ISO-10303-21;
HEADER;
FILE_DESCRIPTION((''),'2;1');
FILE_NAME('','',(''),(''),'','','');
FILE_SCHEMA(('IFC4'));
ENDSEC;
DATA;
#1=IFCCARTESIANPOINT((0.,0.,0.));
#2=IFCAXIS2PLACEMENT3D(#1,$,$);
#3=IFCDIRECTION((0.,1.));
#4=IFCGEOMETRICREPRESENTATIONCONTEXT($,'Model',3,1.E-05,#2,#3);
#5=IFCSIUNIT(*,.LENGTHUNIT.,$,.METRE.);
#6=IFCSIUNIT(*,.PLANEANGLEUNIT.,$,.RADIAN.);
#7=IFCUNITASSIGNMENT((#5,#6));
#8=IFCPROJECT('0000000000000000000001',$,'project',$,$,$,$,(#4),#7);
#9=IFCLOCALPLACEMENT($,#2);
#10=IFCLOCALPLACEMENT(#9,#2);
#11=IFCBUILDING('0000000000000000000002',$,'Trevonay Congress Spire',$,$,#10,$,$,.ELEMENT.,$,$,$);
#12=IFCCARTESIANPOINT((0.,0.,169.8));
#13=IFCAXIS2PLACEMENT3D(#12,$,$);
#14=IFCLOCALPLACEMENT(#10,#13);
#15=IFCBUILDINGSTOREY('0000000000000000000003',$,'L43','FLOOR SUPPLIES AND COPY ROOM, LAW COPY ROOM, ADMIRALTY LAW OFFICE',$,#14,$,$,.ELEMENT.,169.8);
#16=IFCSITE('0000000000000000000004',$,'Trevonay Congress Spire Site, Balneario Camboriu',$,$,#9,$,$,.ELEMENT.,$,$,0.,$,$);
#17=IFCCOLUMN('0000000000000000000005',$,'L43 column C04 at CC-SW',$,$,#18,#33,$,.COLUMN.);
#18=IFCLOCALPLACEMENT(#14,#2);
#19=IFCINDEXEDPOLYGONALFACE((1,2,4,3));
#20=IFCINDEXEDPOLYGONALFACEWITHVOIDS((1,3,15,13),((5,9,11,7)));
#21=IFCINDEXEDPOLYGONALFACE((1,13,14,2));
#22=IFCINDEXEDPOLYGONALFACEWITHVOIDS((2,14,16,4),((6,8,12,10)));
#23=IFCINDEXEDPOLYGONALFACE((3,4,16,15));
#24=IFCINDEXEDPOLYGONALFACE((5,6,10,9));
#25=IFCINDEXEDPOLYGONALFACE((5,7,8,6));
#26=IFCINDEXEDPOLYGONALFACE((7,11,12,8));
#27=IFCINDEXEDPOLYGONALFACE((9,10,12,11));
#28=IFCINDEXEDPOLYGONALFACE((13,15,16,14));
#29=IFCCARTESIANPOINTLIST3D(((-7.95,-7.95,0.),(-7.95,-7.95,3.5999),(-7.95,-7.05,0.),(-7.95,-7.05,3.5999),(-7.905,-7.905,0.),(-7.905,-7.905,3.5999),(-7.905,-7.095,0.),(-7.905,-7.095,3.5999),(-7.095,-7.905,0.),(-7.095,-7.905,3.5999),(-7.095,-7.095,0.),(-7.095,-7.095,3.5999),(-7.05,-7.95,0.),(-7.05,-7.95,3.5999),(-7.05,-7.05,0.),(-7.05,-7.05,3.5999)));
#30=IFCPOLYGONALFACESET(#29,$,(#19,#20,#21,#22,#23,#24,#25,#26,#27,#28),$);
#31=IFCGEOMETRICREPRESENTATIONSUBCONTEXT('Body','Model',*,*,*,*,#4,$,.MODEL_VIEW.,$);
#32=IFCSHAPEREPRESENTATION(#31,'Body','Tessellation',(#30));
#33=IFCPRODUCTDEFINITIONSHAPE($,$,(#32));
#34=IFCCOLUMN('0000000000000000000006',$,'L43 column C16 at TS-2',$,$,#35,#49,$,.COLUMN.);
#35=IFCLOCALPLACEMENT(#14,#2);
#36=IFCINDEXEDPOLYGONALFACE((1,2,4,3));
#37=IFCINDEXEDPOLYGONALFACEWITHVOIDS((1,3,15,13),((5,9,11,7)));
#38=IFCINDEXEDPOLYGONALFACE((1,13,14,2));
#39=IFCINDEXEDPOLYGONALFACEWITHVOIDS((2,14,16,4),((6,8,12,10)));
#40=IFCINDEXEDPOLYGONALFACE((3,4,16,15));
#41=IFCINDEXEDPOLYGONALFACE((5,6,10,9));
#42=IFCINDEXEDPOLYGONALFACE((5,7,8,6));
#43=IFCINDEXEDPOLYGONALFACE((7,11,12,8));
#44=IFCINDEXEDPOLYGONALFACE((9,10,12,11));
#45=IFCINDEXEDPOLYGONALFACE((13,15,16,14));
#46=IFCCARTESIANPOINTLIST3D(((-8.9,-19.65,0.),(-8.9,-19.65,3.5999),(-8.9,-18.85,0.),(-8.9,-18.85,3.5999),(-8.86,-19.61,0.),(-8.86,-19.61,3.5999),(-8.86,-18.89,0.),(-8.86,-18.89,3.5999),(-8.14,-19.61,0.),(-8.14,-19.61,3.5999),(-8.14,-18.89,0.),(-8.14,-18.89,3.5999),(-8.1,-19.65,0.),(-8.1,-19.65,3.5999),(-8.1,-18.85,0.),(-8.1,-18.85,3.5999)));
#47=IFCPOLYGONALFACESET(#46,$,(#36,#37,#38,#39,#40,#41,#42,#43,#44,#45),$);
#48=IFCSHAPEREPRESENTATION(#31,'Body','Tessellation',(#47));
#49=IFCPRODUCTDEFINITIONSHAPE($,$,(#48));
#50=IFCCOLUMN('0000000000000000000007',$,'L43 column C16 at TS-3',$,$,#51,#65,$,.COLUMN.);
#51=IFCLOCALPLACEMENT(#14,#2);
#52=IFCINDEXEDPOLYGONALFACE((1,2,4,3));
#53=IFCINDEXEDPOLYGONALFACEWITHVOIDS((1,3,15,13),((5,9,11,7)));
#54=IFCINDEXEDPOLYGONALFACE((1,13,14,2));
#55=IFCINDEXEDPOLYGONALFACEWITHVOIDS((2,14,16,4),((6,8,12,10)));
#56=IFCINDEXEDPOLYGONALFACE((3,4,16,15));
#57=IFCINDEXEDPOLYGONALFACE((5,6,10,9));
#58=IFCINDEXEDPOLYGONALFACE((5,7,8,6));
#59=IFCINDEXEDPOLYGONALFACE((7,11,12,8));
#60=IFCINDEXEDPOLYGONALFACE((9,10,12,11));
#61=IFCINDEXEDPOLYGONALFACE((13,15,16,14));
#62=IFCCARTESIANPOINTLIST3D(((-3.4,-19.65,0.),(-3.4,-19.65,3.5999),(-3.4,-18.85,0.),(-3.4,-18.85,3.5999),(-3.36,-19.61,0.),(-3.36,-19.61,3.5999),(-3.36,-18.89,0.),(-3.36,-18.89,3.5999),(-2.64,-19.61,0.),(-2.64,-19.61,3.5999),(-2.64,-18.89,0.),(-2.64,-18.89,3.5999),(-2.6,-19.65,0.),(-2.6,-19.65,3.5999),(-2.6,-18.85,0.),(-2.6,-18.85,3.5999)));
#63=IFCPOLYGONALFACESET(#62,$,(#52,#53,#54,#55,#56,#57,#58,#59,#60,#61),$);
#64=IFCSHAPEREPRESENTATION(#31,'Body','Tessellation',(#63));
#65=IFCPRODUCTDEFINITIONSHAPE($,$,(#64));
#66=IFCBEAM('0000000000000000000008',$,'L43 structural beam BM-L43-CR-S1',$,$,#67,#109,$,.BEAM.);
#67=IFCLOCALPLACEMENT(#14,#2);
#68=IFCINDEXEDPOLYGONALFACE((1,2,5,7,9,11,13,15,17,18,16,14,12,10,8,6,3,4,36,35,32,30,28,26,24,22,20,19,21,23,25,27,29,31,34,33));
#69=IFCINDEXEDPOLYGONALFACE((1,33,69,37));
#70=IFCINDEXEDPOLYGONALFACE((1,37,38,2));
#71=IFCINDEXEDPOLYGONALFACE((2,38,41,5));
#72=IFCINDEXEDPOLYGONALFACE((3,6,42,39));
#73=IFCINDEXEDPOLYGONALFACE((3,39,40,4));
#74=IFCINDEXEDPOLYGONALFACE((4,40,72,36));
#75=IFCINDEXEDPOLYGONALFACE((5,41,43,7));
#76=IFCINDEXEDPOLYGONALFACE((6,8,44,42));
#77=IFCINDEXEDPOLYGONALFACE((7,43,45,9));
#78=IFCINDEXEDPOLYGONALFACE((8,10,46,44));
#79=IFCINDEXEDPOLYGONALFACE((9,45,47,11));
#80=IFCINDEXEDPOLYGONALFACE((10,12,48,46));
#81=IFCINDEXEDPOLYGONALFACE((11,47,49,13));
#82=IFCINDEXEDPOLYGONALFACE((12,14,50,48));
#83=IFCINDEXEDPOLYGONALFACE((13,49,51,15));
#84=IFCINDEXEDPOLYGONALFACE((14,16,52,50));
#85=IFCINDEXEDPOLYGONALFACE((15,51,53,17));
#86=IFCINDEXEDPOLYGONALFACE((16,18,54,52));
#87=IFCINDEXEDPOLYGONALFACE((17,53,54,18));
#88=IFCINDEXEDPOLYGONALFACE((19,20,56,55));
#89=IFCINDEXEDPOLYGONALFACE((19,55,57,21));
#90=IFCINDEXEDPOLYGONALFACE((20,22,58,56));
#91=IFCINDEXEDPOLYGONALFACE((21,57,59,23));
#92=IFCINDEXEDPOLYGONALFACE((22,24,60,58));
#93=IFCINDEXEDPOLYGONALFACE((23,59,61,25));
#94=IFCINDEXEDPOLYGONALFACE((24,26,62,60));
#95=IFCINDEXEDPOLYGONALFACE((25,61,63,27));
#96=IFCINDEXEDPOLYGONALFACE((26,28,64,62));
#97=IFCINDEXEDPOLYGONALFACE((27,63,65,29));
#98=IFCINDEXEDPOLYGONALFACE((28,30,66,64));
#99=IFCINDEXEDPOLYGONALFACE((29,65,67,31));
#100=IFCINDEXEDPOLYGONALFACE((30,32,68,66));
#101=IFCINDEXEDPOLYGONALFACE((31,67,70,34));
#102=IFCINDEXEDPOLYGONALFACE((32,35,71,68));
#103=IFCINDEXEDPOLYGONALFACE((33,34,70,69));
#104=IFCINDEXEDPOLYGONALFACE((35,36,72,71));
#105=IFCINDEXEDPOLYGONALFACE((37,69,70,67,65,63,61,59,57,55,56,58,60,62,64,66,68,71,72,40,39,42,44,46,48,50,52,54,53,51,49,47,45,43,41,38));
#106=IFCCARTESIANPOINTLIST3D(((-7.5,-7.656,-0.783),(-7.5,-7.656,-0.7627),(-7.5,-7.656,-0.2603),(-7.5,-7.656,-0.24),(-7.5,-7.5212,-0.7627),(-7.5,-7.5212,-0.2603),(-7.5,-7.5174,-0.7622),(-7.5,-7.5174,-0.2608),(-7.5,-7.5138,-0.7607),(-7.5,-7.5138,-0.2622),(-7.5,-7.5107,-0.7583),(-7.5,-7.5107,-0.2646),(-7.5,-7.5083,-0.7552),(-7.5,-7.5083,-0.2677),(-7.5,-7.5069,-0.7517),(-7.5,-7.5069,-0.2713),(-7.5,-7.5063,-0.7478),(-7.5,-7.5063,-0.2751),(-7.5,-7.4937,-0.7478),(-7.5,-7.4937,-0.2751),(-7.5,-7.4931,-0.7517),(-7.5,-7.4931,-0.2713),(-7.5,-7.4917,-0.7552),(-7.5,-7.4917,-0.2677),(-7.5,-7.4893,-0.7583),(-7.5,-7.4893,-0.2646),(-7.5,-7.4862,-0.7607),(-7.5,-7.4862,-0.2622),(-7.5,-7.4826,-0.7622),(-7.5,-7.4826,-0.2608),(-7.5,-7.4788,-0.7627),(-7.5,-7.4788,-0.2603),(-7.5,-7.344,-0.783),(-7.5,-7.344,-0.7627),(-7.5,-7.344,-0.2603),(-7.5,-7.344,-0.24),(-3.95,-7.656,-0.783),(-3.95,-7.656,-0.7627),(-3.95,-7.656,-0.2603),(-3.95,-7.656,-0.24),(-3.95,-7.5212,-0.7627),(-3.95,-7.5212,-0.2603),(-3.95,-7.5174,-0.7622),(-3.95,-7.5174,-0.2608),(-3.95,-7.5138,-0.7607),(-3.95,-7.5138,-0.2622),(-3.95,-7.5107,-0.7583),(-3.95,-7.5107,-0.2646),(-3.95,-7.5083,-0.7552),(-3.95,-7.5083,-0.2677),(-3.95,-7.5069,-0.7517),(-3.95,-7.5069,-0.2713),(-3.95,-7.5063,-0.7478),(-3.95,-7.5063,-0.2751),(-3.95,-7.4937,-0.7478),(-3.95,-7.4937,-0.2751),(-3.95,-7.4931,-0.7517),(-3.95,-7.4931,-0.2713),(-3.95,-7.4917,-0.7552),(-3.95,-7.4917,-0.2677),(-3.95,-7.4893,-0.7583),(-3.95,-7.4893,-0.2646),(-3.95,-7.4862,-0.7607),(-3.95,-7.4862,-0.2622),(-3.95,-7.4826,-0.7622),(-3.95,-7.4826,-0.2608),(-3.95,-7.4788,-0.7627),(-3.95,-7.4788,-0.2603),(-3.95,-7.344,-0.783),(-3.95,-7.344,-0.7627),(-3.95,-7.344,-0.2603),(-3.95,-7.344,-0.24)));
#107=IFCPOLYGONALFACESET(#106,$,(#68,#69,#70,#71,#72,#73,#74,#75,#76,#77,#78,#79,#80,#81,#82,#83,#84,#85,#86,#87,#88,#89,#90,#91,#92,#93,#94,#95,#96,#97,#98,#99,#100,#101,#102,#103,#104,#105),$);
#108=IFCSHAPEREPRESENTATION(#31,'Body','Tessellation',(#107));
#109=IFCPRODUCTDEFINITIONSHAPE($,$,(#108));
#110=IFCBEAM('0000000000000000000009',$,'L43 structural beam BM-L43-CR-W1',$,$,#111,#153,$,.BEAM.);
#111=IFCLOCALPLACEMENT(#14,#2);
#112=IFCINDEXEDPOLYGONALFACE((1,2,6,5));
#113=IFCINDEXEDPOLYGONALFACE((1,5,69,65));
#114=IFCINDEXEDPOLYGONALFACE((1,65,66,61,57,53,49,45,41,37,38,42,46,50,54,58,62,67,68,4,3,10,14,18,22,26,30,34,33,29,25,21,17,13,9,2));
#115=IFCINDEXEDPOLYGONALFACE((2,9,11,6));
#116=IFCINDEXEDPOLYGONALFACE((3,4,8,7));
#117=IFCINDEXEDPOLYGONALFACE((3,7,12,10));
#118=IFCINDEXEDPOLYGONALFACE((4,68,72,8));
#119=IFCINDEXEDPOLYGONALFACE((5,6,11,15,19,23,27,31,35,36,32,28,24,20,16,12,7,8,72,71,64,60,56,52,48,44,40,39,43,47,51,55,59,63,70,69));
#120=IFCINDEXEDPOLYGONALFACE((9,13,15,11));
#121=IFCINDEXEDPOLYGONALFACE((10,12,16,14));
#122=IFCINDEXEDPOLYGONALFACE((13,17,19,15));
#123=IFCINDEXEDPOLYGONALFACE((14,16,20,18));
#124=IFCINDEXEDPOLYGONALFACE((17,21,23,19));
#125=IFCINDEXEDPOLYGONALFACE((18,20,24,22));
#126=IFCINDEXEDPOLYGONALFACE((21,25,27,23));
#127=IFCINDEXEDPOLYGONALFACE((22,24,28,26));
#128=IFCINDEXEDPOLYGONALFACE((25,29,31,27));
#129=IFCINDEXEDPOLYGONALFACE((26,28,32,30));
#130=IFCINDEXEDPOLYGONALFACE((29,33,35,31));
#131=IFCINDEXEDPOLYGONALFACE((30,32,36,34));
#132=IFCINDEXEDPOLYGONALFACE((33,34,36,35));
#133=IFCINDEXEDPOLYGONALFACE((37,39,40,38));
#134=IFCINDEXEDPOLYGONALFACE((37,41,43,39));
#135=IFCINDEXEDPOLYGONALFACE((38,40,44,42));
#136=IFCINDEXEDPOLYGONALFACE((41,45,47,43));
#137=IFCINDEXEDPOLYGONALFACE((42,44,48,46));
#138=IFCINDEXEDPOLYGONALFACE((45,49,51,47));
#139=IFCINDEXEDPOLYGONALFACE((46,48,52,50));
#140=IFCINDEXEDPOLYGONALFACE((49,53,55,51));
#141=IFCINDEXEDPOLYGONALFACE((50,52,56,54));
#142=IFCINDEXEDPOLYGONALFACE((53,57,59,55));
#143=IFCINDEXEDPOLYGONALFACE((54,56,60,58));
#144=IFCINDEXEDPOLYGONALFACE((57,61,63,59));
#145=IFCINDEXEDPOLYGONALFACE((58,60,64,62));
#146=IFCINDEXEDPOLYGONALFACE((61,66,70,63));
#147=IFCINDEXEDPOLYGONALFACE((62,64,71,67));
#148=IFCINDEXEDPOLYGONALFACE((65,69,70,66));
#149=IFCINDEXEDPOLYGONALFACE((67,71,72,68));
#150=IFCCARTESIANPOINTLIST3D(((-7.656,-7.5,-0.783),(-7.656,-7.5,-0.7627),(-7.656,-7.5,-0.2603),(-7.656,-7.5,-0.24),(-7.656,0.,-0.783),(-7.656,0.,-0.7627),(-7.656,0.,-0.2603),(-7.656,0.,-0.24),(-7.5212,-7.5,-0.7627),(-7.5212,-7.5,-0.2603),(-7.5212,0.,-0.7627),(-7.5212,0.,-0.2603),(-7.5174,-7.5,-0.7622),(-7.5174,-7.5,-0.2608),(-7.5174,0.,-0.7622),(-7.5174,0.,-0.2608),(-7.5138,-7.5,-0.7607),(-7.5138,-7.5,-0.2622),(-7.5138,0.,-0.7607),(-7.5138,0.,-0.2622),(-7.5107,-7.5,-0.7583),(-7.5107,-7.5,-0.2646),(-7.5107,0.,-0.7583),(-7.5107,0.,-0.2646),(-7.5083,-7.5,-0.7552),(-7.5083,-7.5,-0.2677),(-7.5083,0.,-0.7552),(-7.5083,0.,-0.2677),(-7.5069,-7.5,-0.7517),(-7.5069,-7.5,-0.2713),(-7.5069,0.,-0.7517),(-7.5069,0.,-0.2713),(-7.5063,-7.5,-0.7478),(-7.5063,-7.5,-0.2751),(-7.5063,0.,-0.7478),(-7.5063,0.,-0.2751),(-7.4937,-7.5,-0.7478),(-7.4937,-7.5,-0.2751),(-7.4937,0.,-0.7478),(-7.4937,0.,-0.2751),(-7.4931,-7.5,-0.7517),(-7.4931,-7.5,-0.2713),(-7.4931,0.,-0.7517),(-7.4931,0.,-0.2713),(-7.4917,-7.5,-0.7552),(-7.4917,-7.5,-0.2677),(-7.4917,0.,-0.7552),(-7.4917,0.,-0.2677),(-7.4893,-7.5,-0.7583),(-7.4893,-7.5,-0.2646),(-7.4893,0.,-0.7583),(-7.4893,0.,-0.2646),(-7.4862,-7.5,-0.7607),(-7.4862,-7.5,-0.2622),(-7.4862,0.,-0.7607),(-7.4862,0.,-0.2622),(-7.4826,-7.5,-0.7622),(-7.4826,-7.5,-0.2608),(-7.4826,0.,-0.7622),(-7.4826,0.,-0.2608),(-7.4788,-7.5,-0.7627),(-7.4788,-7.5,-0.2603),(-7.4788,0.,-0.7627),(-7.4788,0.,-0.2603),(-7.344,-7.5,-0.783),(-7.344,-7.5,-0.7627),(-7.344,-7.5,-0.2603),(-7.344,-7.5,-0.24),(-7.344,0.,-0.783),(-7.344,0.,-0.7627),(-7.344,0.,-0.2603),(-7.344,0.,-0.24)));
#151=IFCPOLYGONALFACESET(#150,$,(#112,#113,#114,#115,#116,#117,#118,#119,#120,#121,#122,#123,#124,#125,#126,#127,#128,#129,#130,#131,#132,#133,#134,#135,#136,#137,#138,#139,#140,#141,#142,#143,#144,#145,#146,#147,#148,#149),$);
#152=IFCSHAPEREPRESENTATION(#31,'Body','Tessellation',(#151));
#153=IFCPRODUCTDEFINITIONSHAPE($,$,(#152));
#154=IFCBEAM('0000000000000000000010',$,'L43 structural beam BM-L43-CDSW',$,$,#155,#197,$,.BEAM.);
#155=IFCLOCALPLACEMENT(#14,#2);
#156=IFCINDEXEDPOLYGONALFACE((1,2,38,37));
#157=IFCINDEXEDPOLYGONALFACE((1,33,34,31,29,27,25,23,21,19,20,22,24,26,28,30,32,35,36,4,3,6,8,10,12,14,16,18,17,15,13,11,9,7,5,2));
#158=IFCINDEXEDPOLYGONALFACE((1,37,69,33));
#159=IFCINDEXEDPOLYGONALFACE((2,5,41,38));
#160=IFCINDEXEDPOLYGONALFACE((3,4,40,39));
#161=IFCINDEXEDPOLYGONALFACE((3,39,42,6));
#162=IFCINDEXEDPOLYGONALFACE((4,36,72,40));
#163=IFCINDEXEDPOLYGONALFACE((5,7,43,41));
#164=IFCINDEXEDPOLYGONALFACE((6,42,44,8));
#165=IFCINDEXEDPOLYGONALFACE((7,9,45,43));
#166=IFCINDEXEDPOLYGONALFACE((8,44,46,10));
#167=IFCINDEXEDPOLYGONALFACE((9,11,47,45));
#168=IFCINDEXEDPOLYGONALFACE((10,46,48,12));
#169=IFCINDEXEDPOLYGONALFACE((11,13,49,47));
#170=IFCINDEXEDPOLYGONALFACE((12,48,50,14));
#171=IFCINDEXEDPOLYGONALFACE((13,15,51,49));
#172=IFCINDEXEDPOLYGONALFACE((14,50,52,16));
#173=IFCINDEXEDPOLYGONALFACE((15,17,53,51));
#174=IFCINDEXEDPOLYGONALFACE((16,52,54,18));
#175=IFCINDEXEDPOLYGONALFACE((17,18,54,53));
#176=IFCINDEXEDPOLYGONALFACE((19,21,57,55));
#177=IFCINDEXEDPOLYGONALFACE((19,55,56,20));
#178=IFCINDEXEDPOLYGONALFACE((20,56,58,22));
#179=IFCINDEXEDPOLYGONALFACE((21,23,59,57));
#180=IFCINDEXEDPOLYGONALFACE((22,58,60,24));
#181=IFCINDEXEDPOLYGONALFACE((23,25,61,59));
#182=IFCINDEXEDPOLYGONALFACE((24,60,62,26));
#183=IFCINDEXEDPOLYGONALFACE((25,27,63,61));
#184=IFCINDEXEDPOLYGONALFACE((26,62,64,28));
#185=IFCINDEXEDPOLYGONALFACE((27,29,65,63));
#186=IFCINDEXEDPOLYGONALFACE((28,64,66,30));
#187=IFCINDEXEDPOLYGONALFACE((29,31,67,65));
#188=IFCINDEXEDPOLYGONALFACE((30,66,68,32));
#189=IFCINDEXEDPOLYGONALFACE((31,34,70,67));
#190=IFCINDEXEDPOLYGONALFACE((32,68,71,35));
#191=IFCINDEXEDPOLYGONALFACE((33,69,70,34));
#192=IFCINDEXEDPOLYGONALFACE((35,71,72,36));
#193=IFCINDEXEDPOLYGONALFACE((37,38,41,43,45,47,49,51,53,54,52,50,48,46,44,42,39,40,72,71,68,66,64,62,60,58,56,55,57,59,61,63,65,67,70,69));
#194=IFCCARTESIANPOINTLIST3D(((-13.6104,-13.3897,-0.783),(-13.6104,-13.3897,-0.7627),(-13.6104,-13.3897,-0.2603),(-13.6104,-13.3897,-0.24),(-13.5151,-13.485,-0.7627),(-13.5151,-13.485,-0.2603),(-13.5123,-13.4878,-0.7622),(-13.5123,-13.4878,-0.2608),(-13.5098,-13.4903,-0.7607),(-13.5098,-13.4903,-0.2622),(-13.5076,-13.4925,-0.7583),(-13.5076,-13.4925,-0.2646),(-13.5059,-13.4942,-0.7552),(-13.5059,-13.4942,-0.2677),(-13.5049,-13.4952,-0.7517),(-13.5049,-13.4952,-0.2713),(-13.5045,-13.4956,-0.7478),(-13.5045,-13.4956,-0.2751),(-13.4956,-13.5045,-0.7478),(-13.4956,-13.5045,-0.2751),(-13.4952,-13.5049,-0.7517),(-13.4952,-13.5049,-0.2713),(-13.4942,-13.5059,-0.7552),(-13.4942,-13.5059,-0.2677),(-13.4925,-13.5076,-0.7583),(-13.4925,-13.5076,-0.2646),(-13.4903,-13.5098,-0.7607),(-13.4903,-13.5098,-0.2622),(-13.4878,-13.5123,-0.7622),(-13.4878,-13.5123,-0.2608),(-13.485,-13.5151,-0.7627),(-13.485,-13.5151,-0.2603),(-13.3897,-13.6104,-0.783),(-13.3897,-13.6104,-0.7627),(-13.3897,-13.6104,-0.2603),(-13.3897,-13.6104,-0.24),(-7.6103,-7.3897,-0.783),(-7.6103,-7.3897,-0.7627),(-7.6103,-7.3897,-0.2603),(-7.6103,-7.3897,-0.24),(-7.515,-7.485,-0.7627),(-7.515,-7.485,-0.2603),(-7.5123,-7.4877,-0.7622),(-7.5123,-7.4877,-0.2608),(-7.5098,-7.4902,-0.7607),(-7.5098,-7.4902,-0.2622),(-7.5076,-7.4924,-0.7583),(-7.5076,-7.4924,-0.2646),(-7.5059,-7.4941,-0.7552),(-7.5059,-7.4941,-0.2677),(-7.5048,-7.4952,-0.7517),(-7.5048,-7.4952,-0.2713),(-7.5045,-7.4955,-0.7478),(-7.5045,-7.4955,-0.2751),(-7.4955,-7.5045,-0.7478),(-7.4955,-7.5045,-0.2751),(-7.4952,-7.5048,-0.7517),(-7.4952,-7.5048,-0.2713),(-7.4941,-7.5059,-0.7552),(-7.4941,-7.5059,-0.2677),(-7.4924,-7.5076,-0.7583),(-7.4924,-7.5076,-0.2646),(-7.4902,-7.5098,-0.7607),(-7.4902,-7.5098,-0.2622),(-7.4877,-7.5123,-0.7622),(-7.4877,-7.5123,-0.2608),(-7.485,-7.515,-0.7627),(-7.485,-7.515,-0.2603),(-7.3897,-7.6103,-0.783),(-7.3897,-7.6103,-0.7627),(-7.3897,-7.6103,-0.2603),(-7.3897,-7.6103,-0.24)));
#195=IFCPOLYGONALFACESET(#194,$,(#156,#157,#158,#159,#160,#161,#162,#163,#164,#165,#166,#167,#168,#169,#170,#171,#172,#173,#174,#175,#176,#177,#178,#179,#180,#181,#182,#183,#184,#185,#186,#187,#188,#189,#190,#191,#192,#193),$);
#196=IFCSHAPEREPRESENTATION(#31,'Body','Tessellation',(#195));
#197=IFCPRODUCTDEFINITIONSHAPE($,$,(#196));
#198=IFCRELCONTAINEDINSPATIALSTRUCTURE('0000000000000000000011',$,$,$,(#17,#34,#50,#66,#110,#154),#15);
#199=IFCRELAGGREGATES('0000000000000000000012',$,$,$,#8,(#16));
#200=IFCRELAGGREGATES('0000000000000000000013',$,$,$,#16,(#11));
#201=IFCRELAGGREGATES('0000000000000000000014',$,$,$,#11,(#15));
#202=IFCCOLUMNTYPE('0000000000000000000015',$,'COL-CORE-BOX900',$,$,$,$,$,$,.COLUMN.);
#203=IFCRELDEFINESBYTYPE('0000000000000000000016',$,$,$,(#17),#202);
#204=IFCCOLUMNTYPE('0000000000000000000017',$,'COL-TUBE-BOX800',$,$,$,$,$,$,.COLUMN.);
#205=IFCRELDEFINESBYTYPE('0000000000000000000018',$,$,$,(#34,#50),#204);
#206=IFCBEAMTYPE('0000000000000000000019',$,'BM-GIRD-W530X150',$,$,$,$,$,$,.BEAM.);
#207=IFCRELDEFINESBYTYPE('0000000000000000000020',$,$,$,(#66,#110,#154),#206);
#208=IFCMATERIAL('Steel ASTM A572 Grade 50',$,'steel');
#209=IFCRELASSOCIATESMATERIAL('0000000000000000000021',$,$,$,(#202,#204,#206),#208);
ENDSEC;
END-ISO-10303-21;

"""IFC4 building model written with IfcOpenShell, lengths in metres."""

from ifc_helpers import new_model, si_unit, direction, frame, origin, origin_2d, place, context, subcontext, project, spatial, hollow_rectangle, i_section, extrude, material, material_profile, profile_set, type_object, element, save


model = new_model("IFC4")

# Units and contexts
model_context = context("Model", 3, precision=1e-05, world=origin(), true_north=direction((0.0, 1.0)))
body_context = subcontext(model_context, "Body", "Model", "MODEL_VIEW")
ifc_project = project(units=[si_unit("LENGTHUNIT", "METRE"), si_unit("PLANEANGLEUNIT", "RADIAN")], contexts=[model_context])

# Site, building, storey
site_placement = place(None, origin())
site = spatial("IfcSite", under=ifc_project, at=site_placement, Name="Trevonay Congress Spire Site, Balneario Camboriu", CompositionType="ELEMENT", RefElevation=0.0)
building_placement = place(site_placement, origin())
building = spatial("IfcBuilding", under=site, at=building_placement, Name="Trevonay Congress Spire", CompositionType="ELEMENT")
storey_placement = place(building_placement, frame((0.0, 0.0, 169.8)))
storey = spatial("IfcBuildingStorey", under=building, at=storey_placement, Name="L43", Description="FLOOR SUPPLIES AND COPY ROOM, LAW COPY ROOM, ADMIRALTY LAW OFFICE", CompositionType="ELEMENT", Elevation=169.8)

# Columns
ifc_material_1 = material(Name="Steel ASTM A572 Grade 50", Category="steel")
ifc_material_profile_1 = material_profile(ifc_material_1, hollow_rectangle(XDim=0.8999, YDim=0.8999, WallThickness=0.0449, at=origin_2d()), Name="BOX 900x900x45")
ifc_profile_set_1 = profile_set([ifc_material_profile_1], Name="Steel ASTM A572 Grade 50")
column_type_1 = type_object("IfcColumnType", Name="COL-CORE-BOX900", PredefinedType="COLUMN", material=ifc_profile_set_1)
column_placement = place(storey_placement, frame((-7.5, -7.5, 0.0), z_axis=(0.0, 0.0, 1.0), x_axis=(1.0, 0.0, 0.0)))
element("IfcColumn", 1, at=column_placement, inside=storey, type_object=column_type_1, Name="L43 column C04 at CC-SW", PredefinedType="COLUMN", context=body_context, shape_type="SweptSolid", body=[
    extrude(hollow_rectangle(XDim=0.8999, YDim=0.8999, WallThickness=0.0449, at=origin_2d()), origin(), (0.0, 0.0, 1.0), 3.5999),
])
ifc_material_profile_2 = material_profile(ifc_material_1, hollow_rectangle(XDim=0.8, YDim=0.8, WallThickness=0.04, at=origin_2d()), Name="BOX 800x800x40")
ifc_profile_set_2 = profile_set([ifc_material_profile_2], Name="Steel ASTM A572 Grade 50")
column_type_2 = type_object("IfcColumnType", Name="COL-TUBE-BOX800", PredefinedType="COLUMN", material=ifc_profile_set_2)
for number, where, z_axis, x_axis, name in (
    (2, (-8.5, -19.25, 0.0), (0.0, 0.0, 1.0), (1.0, 0.0, 0.0), "L43 column C16 at TS-2"),
    (3, (-3.0, -19.25, 0.0), (0.0, 0.0, 1.0), (1.0, 0.0, 0.0), "L43 column C16 at TS-3"),
):
    element("IfcColumn", number, at=place(storey_placement, frame(where, z_axis=z_axis, x_axis=x_axis)), inside=storey, type_object=column_type_2, Name=name, PredefinedType="COLUMN", context=body_context, shape_type="SweptSolid", body=[
        extrude(hollow_rectangle(XDim=0.8, YDim=0.8, WallThickness=0.04, at=origin_2d()), origin(), (0.0, 0.0, 1.0), 3.5999),
    ])

# Beams
ifc_material_profile_3 = material_profile(ifc_material_1, i_section(OverallWidth=0.312, OverallDepth=0.543, WebThickness=0.0127, FlangeThickness=0.0203, FilletRadius=0.0149, at=origin_2d()), Name="W530x150")
ifc_profile_set_3 = profile_set([ifc_material_profile_3], Name="Steel ASTM A572 Grade 50")
beam_type_1 = type_object("IfcBeamType", Name="BM-GIRD-W530X150", PredefinedType="BEAM", material=ifc_profile_set_3)
beam_1_placement = place(storey_placement, frame((-7.5, -7.5, -0.5115), z_axis=(1.0, 0.0, 0.0), x_axis=(0.0, 1.0, 0.0)))
element("IfcBeam", 4, at=beam_1_placement, inside=storey, type_object=beam_type_1, Name="L43 structural beam BM-L43-CR-S1", PredefinedType="BEAM", context=body_context, shape_type="SweptSolid", body=[
    extrude(i_section(OverallWidth=0.312, OverallDepth=0.543, WebThickness=0.0127, FlangeThickness=0.0203, FilletRadius=0.0149, at=origin_2d()), origin(), (0.0, 0.0, 1.0), 3.55),
])
beam_2_placement = place(storey_placement, frame((-7.5, -7.5, -0.5115), z_axis=(0.0, 1.0, 0.0), x_axis=(-1.0, 0.0, 0.0)))
element("IfcBeam", 5, at=beam_2_placement, inside=storey, type_object=beam_type_1, Name="L43 structural beam BM-L43-CR-W1", PredefinedType="BEAM", context=body_context, shape_type="SweptSolid", body=[
    extrude(i_section(OverallWidth=0.312, OverallDepth=0.543, WebThickness=0.0127, FlangeThickness=0.0203, FilletRadius=0.0149, at=origin_2d()), origin(), (0.0, 0.0, 1.0), 7.5),
])
beam_3_placement = place(storey_placement, frame((-7.5, -7.5, -0.5115), z_axis=(-0.707107, -0.707107, 0.0), x_axis=(0.707107, -0.707107, 0.0)))
element("IfcBeam", 6, at=beam_3_placement, inside=storey, type_object=beam_type_1, Name="L43 structural beam BM-L43-CDSW", PredefinedType="BEAM", context=body_context, shape_type="SweptSolid", body=[
    extrude(i_section(OverallWidth=0.312, OverallDepth=0.543, WebThickness=0.0127, FlangeThickness=0.0203, FilletRadius=0.0149, at=origin_2d()), origin(), (0.0, 0.0, 1.0), 8.4854),
])

save(model, "model.ifc")
